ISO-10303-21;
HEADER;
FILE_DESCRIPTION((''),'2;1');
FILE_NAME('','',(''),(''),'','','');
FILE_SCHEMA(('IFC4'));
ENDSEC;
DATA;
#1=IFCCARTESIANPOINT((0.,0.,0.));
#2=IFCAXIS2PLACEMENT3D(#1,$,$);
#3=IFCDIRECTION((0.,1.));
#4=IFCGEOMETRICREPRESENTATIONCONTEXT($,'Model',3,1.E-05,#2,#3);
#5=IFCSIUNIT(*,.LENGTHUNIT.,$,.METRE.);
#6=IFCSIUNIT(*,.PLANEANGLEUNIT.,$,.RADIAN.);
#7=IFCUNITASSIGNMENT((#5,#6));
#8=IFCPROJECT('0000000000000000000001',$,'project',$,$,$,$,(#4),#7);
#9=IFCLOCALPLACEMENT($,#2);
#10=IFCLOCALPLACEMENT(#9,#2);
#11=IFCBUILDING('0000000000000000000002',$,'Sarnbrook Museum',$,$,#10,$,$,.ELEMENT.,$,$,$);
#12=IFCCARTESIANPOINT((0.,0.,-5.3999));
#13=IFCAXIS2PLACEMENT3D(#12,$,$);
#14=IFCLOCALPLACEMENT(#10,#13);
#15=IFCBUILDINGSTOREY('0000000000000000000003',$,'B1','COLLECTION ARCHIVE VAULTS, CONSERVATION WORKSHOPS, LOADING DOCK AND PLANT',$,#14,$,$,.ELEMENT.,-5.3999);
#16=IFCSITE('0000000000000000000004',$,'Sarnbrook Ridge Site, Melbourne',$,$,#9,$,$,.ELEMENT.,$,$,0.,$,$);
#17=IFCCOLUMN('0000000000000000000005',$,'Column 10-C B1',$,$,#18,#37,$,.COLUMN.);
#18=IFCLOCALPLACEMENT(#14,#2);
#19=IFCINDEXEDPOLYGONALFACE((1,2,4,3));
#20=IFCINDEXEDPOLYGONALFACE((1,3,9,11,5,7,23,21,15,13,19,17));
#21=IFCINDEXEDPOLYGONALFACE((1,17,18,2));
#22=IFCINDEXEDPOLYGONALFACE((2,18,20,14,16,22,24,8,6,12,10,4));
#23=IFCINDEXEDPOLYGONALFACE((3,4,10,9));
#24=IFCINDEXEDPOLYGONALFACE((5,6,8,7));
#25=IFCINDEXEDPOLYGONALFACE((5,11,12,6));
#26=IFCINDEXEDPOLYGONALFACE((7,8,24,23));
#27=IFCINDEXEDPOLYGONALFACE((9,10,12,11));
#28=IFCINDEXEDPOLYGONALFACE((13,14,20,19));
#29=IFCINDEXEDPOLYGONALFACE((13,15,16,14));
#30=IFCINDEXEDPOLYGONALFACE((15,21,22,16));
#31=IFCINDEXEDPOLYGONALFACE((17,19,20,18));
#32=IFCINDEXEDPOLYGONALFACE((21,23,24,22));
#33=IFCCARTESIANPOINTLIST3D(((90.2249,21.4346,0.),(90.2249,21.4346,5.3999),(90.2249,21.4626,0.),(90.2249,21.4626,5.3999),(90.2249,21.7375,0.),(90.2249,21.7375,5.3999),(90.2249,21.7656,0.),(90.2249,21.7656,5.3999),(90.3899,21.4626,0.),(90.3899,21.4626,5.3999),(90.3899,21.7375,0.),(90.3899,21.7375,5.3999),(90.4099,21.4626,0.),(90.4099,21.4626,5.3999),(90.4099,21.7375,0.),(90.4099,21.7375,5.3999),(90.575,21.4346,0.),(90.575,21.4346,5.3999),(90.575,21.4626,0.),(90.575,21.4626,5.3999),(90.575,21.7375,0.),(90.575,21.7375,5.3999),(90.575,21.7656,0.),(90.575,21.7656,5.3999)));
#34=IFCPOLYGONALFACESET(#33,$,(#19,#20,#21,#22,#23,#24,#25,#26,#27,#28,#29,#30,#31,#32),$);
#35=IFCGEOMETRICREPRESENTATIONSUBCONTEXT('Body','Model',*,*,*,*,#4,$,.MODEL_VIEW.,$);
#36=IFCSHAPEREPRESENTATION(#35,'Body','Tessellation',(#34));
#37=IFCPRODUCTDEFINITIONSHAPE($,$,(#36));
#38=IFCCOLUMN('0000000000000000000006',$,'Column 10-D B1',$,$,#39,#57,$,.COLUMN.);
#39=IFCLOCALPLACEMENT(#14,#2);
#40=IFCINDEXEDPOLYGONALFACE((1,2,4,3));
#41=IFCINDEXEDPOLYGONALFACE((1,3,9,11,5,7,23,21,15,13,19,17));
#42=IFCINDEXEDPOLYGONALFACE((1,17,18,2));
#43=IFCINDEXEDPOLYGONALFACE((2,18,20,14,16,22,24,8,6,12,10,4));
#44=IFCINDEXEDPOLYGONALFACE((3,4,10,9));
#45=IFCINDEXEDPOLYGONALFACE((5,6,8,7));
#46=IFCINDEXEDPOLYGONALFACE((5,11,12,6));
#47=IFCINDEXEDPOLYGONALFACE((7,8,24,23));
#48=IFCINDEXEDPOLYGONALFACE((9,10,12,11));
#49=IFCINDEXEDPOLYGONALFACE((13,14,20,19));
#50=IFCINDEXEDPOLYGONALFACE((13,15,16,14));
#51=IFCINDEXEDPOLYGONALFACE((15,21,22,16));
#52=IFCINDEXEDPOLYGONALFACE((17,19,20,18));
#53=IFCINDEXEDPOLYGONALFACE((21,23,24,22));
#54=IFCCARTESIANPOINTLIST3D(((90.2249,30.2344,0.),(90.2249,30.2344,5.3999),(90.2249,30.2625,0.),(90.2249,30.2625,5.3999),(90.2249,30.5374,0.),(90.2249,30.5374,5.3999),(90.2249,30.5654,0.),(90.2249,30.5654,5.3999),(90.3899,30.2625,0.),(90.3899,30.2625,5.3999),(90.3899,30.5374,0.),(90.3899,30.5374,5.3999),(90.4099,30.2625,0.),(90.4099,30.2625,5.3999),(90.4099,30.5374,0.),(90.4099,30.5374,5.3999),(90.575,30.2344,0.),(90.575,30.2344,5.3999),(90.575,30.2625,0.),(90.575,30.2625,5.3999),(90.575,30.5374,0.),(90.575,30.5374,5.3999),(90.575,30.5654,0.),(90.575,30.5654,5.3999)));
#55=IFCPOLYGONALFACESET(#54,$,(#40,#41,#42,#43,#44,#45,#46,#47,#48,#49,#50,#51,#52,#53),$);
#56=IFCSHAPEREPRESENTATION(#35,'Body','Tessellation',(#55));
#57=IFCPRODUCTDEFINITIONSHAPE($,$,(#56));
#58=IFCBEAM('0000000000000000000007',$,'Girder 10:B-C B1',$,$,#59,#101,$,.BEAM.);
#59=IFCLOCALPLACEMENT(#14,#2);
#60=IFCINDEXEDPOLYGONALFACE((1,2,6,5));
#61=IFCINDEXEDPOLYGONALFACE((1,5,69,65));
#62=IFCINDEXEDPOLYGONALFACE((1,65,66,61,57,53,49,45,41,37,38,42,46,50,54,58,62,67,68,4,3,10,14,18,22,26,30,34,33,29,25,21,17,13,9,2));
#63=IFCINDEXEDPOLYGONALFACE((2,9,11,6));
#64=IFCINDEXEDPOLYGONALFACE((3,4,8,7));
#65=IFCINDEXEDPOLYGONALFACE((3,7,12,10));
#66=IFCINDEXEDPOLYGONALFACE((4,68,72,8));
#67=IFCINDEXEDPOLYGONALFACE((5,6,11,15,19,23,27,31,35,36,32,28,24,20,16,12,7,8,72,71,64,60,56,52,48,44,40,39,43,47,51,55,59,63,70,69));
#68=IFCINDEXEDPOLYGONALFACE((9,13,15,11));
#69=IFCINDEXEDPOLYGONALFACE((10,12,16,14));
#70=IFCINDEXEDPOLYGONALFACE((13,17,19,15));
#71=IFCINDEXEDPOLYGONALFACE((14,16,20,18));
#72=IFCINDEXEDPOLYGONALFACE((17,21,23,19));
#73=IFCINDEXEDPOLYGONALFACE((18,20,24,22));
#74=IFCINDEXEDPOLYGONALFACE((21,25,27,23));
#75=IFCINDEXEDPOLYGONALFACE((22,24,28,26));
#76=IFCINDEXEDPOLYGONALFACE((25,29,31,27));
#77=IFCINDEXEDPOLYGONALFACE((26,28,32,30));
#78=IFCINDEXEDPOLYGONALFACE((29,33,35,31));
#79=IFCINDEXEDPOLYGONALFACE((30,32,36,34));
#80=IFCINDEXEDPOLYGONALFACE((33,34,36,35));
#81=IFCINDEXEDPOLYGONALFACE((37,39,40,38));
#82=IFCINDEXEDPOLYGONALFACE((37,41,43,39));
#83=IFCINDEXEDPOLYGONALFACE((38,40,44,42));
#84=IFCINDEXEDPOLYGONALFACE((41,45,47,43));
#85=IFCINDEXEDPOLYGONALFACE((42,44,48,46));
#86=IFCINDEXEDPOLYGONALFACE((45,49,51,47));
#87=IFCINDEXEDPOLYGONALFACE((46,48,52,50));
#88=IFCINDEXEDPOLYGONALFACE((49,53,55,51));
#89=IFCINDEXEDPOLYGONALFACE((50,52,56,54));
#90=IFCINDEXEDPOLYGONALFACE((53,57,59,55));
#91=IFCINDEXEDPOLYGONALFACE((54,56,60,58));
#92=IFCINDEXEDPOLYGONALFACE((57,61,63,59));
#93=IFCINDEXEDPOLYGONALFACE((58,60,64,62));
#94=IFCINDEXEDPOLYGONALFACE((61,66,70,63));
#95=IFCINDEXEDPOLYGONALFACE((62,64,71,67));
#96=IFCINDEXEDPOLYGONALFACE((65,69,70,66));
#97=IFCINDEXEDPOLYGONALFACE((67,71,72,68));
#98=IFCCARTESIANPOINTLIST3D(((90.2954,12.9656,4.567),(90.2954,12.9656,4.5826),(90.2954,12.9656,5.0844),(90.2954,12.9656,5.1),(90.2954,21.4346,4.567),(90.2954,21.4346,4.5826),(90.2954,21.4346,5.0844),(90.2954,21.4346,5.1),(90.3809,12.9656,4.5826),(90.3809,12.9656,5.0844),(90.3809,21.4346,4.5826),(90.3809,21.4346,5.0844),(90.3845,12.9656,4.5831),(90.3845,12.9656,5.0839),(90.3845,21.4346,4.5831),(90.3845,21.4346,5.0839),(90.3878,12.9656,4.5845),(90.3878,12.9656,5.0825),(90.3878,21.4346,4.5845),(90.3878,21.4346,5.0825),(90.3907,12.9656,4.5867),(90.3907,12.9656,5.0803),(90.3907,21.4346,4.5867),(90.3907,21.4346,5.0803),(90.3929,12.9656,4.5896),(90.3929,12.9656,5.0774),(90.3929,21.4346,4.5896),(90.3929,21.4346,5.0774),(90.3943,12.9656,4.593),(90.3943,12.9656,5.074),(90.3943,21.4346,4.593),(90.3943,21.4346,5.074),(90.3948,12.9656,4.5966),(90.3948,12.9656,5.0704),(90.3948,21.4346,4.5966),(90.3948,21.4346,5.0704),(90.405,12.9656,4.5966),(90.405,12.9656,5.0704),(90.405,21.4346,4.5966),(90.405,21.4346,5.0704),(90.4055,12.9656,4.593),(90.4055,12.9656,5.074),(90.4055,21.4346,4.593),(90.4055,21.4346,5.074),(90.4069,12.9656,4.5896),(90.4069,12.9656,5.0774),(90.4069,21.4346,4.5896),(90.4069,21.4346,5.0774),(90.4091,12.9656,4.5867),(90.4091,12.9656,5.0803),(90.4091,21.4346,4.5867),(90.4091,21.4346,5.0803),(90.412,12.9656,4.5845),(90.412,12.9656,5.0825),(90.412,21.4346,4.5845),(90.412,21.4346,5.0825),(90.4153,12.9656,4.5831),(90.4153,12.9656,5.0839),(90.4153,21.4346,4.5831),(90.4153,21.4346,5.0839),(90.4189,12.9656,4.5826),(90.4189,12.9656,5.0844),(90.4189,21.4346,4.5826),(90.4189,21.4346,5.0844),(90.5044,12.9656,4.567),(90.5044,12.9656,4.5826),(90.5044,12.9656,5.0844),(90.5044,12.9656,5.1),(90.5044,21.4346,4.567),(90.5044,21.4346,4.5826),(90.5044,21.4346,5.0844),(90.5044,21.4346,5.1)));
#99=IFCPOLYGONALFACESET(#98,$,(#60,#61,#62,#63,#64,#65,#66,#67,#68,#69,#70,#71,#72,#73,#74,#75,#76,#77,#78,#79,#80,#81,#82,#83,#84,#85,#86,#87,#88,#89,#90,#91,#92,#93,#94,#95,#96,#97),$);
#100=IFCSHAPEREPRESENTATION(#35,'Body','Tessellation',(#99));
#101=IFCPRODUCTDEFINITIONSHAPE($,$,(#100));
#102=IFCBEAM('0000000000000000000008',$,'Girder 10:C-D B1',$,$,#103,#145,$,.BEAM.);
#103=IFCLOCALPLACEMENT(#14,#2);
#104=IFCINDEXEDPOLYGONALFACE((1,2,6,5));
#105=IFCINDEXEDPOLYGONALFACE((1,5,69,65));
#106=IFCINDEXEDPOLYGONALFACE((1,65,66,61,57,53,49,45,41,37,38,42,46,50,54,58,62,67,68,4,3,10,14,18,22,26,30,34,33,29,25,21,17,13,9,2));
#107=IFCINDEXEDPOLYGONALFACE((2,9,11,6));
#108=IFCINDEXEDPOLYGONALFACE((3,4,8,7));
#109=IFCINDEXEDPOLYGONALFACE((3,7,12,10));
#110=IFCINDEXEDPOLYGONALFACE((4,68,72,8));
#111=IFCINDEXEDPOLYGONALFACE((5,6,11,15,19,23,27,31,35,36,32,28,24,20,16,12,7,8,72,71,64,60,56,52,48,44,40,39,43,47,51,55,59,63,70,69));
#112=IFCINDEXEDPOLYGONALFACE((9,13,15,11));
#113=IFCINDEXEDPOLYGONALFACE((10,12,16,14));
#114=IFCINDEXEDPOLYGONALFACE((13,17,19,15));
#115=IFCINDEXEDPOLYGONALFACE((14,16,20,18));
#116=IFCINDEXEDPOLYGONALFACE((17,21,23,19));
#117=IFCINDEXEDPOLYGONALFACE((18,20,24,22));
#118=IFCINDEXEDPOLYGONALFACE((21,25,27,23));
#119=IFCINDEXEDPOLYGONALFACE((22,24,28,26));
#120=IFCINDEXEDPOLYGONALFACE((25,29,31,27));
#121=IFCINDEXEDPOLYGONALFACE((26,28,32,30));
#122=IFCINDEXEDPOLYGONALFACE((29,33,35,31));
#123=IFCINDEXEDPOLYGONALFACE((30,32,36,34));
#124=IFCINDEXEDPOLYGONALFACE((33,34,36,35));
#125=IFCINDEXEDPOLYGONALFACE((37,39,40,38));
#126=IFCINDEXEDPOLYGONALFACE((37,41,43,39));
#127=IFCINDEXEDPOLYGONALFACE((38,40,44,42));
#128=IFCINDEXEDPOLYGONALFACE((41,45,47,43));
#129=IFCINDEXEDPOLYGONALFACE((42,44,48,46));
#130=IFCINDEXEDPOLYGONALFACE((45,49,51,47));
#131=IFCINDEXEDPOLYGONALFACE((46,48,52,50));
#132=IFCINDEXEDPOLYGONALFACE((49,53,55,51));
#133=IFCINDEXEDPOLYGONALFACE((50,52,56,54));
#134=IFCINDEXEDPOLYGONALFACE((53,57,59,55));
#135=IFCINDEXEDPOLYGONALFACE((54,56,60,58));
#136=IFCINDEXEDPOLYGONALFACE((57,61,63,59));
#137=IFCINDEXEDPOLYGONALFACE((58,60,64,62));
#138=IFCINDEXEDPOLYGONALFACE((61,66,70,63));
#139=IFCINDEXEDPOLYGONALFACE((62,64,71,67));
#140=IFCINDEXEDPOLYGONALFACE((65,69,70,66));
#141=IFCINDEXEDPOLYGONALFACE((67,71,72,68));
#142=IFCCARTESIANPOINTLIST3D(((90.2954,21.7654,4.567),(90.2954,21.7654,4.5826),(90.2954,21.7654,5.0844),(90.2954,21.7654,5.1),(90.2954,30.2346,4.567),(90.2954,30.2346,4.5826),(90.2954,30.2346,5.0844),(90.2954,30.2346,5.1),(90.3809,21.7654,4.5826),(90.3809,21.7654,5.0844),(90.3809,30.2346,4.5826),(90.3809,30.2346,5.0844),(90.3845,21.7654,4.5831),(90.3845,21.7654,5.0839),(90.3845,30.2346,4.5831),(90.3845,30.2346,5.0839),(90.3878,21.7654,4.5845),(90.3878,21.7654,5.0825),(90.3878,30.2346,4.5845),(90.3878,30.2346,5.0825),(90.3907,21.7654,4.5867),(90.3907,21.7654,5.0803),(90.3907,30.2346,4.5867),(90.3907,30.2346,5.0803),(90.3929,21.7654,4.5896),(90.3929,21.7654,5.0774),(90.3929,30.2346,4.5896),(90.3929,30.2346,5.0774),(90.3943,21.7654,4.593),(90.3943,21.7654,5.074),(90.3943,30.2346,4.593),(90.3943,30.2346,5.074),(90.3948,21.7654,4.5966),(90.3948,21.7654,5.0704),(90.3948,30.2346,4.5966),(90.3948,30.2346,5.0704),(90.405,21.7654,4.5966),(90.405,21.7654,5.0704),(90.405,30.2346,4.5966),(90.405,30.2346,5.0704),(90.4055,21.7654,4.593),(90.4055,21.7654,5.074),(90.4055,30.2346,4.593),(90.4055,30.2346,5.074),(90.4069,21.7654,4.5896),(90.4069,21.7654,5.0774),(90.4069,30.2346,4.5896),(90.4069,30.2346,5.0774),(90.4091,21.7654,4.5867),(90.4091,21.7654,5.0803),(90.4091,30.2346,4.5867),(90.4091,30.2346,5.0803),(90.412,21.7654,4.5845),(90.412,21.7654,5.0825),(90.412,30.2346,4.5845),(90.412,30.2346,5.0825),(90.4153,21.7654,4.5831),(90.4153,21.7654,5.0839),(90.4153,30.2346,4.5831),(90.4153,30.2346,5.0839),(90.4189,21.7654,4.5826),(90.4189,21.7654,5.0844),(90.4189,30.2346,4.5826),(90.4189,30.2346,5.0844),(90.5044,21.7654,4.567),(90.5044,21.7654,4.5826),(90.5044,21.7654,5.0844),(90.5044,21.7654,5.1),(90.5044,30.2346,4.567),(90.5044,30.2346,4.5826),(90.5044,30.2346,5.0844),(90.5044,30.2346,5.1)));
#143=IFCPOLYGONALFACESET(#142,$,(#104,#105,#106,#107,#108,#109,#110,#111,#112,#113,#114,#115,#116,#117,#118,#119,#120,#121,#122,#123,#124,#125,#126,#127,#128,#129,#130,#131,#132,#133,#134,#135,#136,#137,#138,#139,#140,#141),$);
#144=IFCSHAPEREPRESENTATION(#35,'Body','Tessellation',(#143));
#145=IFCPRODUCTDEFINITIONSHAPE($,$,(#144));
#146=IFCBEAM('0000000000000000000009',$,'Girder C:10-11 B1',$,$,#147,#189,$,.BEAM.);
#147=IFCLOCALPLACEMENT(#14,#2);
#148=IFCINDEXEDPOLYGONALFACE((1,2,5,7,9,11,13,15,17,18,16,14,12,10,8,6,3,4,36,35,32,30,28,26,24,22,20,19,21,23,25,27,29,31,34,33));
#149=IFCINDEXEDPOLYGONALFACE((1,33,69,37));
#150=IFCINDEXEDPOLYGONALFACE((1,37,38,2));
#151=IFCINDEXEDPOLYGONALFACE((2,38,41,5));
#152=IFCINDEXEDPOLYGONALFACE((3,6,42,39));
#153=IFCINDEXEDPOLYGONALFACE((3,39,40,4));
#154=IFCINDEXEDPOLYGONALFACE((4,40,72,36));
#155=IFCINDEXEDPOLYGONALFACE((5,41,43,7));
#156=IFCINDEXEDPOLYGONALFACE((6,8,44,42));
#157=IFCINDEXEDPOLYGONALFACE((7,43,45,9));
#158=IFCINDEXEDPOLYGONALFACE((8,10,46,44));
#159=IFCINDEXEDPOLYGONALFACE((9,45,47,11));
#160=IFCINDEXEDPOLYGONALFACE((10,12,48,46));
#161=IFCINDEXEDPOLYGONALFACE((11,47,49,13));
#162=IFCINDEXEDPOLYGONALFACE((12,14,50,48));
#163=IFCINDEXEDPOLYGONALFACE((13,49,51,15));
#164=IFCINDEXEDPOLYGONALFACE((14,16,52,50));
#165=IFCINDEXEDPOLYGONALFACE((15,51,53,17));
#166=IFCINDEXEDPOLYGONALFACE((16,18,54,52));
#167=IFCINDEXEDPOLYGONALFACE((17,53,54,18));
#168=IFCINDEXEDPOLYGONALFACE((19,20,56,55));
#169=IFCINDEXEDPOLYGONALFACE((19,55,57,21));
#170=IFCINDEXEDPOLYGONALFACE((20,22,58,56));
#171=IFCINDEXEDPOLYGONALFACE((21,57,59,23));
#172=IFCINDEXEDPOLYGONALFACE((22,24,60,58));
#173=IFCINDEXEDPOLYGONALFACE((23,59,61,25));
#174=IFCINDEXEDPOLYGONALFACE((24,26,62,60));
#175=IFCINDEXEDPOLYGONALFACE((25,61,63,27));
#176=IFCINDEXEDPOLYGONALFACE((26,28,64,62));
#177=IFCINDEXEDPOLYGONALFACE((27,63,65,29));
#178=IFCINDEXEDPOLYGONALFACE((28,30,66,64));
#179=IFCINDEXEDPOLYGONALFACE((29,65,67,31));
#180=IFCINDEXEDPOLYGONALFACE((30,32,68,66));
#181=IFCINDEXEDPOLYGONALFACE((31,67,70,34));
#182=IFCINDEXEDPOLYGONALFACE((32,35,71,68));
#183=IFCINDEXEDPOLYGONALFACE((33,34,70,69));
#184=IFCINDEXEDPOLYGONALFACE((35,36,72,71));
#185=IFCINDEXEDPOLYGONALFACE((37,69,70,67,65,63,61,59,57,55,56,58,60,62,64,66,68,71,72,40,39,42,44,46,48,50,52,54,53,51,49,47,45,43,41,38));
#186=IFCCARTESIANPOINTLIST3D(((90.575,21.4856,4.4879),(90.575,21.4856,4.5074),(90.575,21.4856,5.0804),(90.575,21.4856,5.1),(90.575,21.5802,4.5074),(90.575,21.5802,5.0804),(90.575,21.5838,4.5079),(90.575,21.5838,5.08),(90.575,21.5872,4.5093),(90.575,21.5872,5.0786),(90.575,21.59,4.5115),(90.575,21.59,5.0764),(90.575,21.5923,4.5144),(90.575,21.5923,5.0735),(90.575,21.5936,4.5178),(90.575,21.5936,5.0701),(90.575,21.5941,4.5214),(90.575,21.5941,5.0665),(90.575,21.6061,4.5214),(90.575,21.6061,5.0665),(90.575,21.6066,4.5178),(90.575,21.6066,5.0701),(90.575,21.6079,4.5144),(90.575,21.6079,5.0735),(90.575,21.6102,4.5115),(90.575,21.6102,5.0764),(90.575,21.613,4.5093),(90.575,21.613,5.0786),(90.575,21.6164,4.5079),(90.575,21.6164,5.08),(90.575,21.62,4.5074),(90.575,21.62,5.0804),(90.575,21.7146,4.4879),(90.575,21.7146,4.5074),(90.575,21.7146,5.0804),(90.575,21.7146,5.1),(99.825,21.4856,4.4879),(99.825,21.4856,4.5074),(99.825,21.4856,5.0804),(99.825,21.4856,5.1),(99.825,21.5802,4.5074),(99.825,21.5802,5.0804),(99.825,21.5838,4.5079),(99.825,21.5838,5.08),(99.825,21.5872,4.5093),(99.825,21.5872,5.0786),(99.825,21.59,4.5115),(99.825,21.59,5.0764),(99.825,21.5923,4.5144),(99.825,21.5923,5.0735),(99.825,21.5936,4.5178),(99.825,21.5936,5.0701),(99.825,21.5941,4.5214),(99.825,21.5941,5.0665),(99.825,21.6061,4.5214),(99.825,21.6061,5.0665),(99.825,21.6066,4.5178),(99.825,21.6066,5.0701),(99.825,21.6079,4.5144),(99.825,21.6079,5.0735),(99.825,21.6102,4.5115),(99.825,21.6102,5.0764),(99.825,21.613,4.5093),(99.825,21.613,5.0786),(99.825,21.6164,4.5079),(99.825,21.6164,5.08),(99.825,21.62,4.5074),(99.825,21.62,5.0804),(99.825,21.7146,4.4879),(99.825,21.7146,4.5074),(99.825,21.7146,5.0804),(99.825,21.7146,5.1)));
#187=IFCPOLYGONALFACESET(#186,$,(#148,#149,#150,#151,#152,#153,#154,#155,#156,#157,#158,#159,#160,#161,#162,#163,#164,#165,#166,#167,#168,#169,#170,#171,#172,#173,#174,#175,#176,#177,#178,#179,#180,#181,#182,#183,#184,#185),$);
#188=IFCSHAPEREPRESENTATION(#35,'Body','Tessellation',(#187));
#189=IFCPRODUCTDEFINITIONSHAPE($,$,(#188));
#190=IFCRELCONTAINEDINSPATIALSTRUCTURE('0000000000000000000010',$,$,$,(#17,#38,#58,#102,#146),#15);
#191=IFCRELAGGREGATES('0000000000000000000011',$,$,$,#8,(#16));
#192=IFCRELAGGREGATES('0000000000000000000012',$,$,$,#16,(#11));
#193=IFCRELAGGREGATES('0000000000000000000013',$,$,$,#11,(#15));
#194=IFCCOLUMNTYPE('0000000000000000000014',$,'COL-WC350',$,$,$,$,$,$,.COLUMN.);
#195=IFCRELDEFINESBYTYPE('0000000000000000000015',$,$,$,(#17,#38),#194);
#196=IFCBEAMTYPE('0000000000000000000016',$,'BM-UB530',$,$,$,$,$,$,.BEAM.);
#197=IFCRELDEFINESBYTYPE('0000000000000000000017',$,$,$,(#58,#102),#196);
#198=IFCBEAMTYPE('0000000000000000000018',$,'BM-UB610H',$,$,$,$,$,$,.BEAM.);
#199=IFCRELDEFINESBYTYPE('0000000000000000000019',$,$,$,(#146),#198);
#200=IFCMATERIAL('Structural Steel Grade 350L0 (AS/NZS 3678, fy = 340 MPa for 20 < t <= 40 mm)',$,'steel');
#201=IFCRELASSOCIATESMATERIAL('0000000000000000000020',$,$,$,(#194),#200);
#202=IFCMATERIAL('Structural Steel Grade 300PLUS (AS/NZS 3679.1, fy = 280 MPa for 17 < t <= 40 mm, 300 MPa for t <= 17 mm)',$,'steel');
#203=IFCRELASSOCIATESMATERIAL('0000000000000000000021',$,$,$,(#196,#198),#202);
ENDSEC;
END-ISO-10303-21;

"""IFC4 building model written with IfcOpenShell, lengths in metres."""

from ifc_helpers import new_model, si_unit, direction, frame, origin, origin_2d, place, context, subcontext, project, spatial, i_section, extrude, material, material_profile, profile_set, type_object, element, save


model = new_model("IFC4")

# Units and contexts
model_context = context("Model", 3, precision=1e-05, world=origin(), true_north=direction((0.0, 1.0)))
body_context = subcontext(model_context, "Body", "Model", "MODEL_VIEW")
ifc_project = project(units=[si_unit("LENGTHUNIT", "METRE"), si_unit("PLANEANGLEUNIT", "RADIAN")], contexts=[model_context])

# Site, building, storey
site_placement = place(None, origin())
site = spatial("IfcSite", under=ifc_project, at=site_placement, Name="Sarnbrook Ridge Site, Melbourne", CompositionType="ELEMENT", RefElevation=0.0)
building_placement = place(site_placement, origin())
building = spatial("IfcBuilding", under=site, at=building_placement, Name="Sarnbrook Museum", CompositionType="ELEMENT")
storey_placement = place(building_placement, frame((0.0, 0.0, -5.3999)))
storey = spatial("IfcBuildingStorey", under=building, at=storey_placement, Name="B1", Description="COLLECTION ARCHIVE VAULTS, CONSERVATION WORKSHOPS, LOADING DOCK AND PLANT", CompositionType="ELEMENT", Elevation=-5.3999)

# Columns
ifc_material_1 = material(Name="Structural Steel Grade 350L0 (AS/NZS 3678, fy = 340 MPa for 20 < t <= 40 mm)", Category="steel")
ifc_material_profile_1 = material_profile(ifc_material_1, i_section(OverallWidth=0.3501, OverallDepth=0.3311, WebThickness=0.02, FlangeThickness=0.0281, at=origin_2d()), Name="350WC197")
ifc_profile_set_1 = profile_set([ifc_material_profile_1], Name="Structural Steel Grade 350L0 (AS/NZS 3678, fy = 340 MPa for 20 < t <= 40 mm)")
column_type = type_object("IfcColumnType", Name="COL-WC350", PredefinedType="COLUMN", material=ifc_profile_set_1)
for number, where, z_axis, x_axis, name in (
    (1, (90.3999, 21.6001, 0.0), (0.0, 0.0, 1.0), (1.0, 0.0, 0.0), "Column 10-C B1"),
    (2, (90.3999, 30.3999, 0.0), (0.0, 0.0, 1.0), (1.0, 0.0, 0.0), "Column 10-D B1"),
):
    element("IfcColumn", number, at=place(storey_placement, frame(where, z_axis=z_axis, x_axis=x_axis)), inside=storey, type_object=column_type, Name=name, PredefinedType="COLUMN", context=body_context, shape_type="SweptSolid", body=[
        extrude(i_section(OverallWidth=0.3501, OverallDepth=0.3311, WebThickness=0.02, FlangeThickness=0.0281, at=origin_2d()), origin(), (0.0, 0.0, 1.0), 5.3999),
    ])

# Beams
ifc_material_2 = material(Name="Structural Steel Grade 300PLUS (AS/NZS 3679.1, fy = 280 MPa for 17 < t <= 40 mm, 300 MPa for t <= 17 mm)", Category="steel")
ifc_material_profile_2 = material_profile(ifc_material_2, i_section(OverallWidth=0.209, OverallDepth=0.533, WebThickness=0.0103, FlangeThickness=0.0156, FilletRadius=0.0139, at=origin_2d()), Name="530UB92.4")
ifc_profile_set_2 = profile_set([ifc_material_profile_2], Name="Structural Steel Grade 300PLUS (AS/NZS 3679.1, fy = 280 MPa for 17 < t <= 40 mm, 300 MPa for t <= 17 mm)")
beam_type_1 = type_object("IfcBeamType", Name="BM-UB530", PredefinedType="BEAM", material=ifc_profile_set_2)
beam_1_placement = place(storey_placement, frame((90.3999, 12.9656, 4.8335), z_axis=(0.0, 1.0, 0.0), x_axis=(-1.0, 0.0, 0.0)))
element("IfcBeam", 3, at=beam_1_placement, inside=storey, type_object=beam_type_1, Name="Girder 10:B-C B1", PredefinedType="BEAM", context=body_context, shape_type="SweptSolid", body=[
    extrude(i_section(OverallWidth=0.209, OverallDepth=0.533, WebThickness=0.0103, FlangeThickness=0.0156, FilletRadius=0.0139, at=origin_2d()), origin(), (0.0, 0.0, 1.0), 8.469),
])
beam_2_placement = place(storey_placement, frame((90.3999, 21.7654, 4.8335), z_axis=(0.0, 1.0, 0.0), x_axis=(-1.0, 0.0, 0.0)))
element("IfcBeam", 4, at=beam_2_placement, inside=storey, type_object=beam_type_1, Name="Girder 10:C-D B1", PredefinedType="BEAM", context=body_context, shape_type="SweptSolid", body=[
    extrude(i_section(OverallWidth=0.209, OverallDepth=0.533, WebThickness=0.0103, FlangeThickness=0.0156, FilletRadius=0.0139, at=origin_2d()), origin(), (0.0, 0.0, 1.0), 8.4692),
])
ifc_material_profile_3 = material_profile(ifc_material_2, i_section(OverallWidth=0.229, OverallDepth=0.6121, WebThickness=0.012, FlangeThickness=0.0195, FilletRadius=0.0139, at=origin_2d()), Name="610UB125")
ifc_profile_set_3 = profile_set([ifc_material_profile_3], Name="Structural Steel Grade 300PLUS (AS/NZS 3679.1, fy = 280 MPa for 17 < t <= 40 mm, 300 MPa for t <= 17 mm)")
beam_type_2 = type_object("IfcBeamType", Name="BM-UB610H", PredefinedType="BEAM", material=ifc_profile_set_3)
beam_3_placement = place(storey_placement, frame((90.575, 21.6001, 4.7939), z_axis=(1.0, 0.0, 0.0), x_axis=(0.0, 1.0, 0.0)))
element("IfcBeam", 5, at=beam_3_placement, inside=storey, type_object=beam_type_2, Name="Girder C:10-11 B1", PredefinedType="BEAM", context=body_context, shape_type="SweptSolid", body=[
    extrude(i_section(OverallWidth=0.229, OverallDepth=0.6121, WebThickness=0.012, FlangeThickness=0.0195, FilletRadius=0.0139, at=origin_2d()), origin(), (0.0, 0.0, 1.0), 9.25),
])

save(model, "model.ifc")
